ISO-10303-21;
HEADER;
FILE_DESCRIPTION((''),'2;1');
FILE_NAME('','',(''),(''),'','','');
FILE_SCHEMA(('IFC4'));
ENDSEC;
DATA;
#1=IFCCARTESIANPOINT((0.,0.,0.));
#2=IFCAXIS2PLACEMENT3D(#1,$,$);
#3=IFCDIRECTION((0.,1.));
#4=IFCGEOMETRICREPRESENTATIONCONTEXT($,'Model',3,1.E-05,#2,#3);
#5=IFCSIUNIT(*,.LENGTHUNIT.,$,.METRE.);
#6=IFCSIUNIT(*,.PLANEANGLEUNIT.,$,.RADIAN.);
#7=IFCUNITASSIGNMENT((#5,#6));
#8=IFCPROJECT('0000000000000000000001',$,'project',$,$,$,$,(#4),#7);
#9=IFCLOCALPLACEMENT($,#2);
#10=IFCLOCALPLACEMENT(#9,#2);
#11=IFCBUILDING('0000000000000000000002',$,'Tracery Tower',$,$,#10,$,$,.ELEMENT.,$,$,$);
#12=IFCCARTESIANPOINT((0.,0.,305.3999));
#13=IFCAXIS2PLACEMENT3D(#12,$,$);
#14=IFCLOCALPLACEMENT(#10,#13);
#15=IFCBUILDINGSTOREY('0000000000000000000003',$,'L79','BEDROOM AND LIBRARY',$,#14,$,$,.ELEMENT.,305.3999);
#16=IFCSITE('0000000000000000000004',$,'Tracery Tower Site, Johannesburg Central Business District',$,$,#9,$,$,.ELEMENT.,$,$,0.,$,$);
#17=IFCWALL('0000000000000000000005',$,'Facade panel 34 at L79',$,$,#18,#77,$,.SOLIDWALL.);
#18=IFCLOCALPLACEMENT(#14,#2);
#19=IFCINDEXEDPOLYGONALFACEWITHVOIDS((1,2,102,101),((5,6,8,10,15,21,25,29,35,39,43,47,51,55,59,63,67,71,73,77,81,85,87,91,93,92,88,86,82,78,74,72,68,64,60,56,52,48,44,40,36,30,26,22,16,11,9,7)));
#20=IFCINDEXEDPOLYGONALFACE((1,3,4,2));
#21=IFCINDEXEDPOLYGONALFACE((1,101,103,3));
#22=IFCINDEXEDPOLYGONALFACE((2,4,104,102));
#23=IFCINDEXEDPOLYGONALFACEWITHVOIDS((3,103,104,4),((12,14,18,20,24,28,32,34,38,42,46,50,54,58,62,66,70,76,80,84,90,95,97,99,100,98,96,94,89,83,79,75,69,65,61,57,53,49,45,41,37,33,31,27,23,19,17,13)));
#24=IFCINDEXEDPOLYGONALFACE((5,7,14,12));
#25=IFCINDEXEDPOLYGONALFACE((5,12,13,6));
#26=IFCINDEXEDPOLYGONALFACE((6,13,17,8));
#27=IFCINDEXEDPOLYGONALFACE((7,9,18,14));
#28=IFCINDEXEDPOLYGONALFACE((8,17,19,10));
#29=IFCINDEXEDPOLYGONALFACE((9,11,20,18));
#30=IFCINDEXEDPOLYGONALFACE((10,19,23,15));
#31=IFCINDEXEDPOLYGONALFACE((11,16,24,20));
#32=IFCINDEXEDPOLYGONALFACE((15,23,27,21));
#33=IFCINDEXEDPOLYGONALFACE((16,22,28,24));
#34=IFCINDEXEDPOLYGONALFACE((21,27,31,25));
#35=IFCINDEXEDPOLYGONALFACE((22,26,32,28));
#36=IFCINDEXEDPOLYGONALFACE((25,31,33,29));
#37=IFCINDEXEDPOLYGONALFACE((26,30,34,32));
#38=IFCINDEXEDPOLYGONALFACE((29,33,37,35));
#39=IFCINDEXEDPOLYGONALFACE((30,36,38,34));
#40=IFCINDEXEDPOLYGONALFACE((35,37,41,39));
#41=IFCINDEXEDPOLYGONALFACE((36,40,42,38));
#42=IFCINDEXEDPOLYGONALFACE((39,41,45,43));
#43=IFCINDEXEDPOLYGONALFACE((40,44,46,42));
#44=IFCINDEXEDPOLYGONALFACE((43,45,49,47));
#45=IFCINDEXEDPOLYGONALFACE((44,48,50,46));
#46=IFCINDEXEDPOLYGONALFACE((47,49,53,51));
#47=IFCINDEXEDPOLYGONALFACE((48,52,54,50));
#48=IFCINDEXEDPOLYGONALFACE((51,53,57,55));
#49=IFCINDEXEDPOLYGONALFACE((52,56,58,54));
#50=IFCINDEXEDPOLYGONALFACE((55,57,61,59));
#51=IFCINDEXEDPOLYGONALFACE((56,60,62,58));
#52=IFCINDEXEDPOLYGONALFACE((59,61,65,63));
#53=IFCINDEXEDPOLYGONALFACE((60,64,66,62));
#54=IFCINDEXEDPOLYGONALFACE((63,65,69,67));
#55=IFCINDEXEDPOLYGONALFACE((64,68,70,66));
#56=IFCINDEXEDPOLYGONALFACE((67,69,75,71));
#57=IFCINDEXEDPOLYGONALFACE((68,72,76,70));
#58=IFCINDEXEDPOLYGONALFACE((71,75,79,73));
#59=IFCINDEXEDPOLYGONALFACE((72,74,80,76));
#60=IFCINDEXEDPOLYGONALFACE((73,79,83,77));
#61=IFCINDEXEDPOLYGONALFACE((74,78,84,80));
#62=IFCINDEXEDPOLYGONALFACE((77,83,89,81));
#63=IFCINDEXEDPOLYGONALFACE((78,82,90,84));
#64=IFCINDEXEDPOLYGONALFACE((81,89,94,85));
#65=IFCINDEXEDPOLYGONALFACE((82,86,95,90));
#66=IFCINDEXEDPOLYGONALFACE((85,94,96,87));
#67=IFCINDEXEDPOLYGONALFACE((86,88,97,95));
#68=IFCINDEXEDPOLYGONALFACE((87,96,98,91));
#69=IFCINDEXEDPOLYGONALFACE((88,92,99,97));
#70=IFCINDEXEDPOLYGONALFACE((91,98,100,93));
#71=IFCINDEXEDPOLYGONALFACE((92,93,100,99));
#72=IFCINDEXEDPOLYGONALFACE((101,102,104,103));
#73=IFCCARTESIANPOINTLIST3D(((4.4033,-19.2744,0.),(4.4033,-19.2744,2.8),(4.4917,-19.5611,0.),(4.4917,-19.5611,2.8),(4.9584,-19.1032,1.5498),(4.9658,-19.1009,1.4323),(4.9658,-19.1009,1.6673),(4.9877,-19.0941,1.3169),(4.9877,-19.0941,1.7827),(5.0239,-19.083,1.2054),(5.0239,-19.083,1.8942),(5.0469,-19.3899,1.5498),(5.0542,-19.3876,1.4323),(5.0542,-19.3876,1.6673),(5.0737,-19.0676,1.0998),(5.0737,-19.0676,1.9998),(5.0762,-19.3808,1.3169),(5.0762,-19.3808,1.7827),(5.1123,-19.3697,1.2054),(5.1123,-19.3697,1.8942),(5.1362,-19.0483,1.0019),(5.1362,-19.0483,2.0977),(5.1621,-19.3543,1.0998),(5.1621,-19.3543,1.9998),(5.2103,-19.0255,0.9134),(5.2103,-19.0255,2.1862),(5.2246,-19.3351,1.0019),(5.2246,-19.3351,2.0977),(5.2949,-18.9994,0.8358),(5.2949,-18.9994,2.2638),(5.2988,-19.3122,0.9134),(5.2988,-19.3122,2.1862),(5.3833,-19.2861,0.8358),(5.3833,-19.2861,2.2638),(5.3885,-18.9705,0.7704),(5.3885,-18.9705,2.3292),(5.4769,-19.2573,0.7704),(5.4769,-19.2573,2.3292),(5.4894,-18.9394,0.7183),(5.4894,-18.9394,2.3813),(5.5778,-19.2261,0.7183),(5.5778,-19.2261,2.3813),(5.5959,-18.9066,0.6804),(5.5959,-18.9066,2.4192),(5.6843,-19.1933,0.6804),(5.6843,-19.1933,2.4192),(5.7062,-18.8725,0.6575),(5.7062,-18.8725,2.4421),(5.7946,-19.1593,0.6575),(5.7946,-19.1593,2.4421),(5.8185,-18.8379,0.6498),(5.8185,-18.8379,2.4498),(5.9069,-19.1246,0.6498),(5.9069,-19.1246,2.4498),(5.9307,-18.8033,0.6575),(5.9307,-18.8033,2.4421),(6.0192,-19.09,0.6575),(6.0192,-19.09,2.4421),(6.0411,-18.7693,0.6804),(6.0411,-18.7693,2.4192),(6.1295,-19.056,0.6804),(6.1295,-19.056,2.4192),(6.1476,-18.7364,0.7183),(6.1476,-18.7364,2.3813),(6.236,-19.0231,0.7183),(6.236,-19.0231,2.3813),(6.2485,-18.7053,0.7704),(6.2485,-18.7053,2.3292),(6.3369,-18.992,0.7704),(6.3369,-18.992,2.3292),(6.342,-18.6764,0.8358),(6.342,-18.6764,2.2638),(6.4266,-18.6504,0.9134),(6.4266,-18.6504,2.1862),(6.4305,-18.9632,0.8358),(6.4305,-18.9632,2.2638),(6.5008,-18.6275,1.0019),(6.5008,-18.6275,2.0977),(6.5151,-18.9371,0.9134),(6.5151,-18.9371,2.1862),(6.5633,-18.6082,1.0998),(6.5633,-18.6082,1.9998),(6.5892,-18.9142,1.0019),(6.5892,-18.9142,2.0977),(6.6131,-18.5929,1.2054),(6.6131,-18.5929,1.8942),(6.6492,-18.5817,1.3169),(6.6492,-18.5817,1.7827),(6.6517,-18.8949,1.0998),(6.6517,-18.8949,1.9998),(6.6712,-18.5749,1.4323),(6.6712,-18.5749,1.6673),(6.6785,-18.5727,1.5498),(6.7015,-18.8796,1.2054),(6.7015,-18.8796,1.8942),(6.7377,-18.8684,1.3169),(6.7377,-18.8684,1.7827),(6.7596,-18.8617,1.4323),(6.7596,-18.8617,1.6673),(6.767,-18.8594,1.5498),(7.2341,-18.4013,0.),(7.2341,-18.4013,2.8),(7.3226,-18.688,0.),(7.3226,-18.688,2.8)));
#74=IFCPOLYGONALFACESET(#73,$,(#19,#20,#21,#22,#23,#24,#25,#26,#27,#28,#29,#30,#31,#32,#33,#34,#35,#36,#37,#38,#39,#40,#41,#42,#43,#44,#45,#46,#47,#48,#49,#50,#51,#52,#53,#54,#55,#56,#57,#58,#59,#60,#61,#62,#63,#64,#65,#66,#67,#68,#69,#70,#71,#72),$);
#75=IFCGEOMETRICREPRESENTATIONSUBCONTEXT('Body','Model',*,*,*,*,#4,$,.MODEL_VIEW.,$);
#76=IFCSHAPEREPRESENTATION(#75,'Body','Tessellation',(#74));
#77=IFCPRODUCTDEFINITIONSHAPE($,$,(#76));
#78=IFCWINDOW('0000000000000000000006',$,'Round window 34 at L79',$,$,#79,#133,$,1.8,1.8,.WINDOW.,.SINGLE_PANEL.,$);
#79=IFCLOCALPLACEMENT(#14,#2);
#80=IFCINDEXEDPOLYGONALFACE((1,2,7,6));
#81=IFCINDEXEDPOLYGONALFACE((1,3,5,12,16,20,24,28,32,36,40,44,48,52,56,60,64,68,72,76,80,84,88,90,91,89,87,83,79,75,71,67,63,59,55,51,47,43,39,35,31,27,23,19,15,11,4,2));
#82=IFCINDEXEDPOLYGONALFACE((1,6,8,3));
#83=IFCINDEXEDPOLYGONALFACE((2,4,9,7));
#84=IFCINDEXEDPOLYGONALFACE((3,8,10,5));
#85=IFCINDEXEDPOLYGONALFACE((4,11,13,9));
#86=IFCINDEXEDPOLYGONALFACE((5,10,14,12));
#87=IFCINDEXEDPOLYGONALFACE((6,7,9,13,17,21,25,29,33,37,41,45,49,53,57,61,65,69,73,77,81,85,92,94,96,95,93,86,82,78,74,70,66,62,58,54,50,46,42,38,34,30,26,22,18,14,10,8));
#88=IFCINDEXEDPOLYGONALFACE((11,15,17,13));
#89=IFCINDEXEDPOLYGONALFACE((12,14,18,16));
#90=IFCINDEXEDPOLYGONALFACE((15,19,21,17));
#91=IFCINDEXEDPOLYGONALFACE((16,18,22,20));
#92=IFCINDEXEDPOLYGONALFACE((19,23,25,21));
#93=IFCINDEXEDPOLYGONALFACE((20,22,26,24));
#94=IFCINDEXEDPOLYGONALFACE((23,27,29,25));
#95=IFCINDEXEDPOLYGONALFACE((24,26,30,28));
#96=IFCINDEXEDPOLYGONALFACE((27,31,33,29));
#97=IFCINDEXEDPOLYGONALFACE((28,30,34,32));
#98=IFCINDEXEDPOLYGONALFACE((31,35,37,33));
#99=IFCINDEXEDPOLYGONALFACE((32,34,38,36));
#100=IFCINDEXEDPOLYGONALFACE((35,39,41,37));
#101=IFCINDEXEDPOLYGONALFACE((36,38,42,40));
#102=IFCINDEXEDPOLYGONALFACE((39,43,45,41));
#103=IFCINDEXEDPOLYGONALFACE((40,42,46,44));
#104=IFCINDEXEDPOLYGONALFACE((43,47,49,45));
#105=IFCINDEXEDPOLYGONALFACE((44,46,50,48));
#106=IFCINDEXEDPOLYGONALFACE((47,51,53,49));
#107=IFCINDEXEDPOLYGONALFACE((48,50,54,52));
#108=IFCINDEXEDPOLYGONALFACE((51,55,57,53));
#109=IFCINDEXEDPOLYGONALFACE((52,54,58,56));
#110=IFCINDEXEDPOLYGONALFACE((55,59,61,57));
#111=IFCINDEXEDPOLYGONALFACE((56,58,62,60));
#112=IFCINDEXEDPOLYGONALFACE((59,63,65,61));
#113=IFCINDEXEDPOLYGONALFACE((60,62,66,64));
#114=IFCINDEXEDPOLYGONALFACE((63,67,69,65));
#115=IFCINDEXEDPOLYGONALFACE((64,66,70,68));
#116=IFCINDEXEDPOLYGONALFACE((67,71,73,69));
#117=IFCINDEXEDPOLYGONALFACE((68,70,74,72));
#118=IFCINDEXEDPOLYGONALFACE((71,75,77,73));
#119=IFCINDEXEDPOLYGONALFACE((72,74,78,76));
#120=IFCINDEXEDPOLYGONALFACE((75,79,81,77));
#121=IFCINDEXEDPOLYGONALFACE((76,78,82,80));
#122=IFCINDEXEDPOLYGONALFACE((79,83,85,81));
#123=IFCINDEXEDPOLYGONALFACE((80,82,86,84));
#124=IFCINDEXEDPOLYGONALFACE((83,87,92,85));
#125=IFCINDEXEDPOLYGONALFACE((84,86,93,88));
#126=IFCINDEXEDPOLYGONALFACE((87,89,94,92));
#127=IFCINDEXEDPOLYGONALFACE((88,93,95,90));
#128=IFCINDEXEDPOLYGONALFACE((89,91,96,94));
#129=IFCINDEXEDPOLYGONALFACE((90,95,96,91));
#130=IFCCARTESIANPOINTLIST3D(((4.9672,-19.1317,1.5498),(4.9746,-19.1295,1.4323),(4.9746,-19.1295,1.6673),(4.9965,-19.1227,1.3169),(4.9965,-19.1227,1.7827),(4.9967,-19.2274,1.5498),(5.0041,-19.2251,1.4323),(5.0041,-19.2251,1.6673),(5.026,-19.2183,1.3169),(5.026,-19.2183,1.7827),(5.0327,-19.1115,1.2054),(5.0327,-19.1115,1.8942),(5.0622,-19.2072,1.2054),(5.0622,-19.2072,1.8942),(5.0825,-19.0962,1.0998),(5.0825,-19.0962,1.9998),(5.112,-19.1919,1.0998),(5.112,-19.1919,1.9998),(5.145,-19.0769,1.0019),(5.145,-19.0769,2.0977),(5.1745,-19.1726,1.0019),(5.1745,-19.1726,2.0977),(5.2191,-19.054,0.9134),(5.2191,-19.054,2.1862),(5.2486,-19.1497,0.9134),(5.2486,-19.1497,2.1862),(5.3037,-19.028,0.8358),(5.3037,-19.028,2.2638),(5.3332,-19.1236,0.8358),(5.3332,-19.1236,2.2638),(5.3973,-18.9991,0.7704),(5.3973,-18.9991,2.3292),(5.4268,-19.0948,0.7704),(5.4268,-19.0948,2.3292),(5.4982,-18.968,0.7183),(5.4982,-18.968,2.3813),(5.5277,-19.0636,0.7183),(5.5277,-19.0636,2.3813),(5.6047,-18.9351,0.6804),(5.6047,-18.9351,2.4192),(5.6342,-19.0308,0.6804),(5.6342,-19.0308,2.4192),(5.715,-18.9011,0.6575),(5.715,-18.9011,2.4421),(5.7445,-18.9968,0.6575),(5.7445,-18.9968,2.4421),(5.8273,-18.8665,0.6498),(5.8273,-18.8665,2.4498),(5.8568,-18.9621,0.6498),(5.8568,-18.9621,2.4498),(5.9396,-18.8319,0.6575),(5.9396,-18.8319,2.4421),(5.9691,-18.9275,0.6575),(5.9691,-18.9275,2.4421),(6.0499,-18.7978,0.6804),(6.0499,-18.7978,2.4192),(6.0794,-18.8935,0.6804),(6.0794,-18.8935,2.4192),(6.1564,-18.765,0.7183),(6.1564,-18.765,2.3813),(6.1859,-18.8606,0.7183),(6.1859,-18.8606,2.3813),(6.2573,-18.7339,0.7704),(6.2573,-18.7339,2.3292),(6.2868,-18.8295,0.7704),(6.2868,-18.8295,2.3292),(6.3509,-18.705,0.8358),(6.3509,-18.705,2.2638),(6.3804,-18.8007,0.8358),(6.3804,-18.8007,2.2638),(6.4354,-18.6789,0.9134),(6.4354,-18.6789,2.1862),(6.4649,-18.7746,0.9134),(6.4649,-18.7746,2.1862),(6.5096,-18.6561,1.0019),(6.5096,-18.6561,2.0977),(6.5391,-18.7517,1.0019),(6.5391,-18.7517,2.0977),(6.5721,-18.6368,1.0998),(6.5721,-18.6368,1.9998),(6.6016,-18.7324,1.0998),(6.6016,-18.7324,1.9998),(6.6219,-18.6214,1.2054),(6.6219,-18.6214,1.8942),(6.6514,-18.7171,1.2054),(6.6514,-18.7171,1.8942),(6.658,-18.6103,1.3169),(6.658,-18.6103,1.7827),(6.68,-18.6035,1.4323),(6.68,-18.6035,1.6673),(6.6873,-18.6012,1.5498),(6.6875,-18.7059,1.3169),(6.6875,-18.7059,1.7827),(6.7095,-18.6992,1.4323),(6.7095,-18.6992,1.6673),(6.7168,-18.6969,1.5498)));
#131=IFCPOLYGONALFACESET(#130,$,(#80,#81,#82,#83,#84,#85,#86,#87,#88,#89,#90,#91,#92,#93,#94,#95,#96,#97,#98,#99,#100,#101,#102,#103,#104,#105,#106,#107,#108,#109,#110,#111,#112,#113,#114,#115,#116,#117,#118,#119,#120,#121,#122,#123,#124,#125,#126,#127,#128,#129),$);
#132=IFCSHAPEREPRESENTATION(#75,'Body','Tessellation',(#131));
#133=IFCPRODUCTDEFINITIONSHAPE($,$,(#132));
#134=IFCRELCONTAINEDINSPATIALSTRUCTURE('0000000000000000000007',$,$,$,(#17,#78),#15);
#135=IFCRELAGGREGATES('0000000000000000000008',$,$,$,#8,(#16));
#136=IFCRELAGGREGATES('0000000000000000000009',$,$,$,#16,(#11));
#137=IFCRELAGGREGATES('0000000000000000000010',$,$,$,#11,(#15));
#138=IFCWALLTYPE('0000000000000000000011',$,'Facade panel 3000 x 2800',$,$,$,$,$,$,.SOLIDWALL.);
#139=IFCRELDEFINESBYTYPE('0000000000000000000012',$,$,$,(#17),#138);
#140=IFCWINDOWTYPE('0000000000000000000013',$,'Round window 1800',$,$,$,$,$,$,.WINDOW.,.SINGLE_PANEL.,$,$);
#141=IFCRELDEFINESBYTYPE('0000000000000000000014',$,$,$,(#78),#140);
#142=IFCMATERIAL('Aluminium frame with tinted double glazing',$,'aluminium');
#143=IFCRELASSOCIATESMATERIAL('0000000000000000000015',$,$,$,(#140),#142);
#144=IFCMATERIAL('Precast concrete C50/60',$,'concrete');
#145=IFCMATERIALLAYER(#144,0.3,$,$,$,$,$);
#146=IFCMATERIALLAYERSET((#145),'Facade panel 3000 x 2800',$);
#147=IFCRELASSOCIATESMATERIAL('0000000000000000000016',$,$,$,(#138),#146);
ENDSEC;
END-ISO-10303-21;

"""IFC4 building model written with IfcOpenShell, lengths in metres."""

from ifc_helpers import new_model, si_unit, direction, frame, frame_2d, origin, origin_2d, place, context, subcontext, project, spatial, rectangle, circle, extrude, material, layer, layer_set, type_object, element, fill, save


model = new_model("IFC4")

# Units and contexts
model_context = context("Model", 3, precision=1e-05, world=origin(), true_north=direction((0.0, 1.0)))
body_context = subcontext(model_context, "Body", "Model", "MODEL_VIEW")
ifc_project = project(units=[si_unit("LENGTHUNIT", "METRE"), si_unit("PLANEANGLEUNIT", "RADIAN")], contexts=[model_context])

# Site, building, storey
site_placement = place(None, origin())
site = spatial("IfcSite", under=ifc_project, at=site_placement, Name="Tracery Tower Site, Johannesburg Central Business District", CompositionType="ELEMENT", RefElevation=0.0)
building_placement = place(site_placement, origin())
building = spatial("IfcBuilding", under=site, at=building_placement, Name="Tracery Tower", CompositionType="ELEMENT")
storey_placement = place(building_placement, frame((0.0, 0.0, 305.3999)))
storey = spatial("IfcBuildingStorey", under=building, at=storey_placement, Name="L79", Description="BEDROOM AND LIBRARY", CompositionType="ELEMENT", Elevation=305.3999)

# Wall, opening, window
ifc_material_1 = material(Name="Aluminium frame with tinted double glazing", Category="aluminium")
window_type = type_object("IfcWindowType", Name="Round window 1800", PartitioningType="SINGLE_PANEL", PredefinedType="WINDOW", material=ifc_material_1)
ifc_material_2 = material(Name="Precast concrete C50/60", Category="concrete")
ifc_layer_1 = layer(ifc_material_2, 0.3)
ifc_layer_set_1 = layer_set([ifc_layer_1], Name="Facade panel 3000 x 2800")
wall_type_1 = type_object("IfcWallType", Name="Facade panel 3000 x 2800", PredefinedType="SOLIDWALL", material=ifc_layer_set_1)
wall_1_placement = place(storey_placement, frame((4.4475, -19.4177, 0.0), z_axis=(0.0, 0.0, 1.0), x_axis=(0.955586, 0.294711, 0.0)))
wall_1 = element("IfcWall", 1, at=wall_1_placement, inside=storey, type_object=wall_type_1, Name="Facade panel 34 at L79", PredefinedType="SOLIDWALL", context=body_context, shape_type="SweptSolid", body=[
    extrude(rectangle(XDim=2.9624, YDim=0.3, at=frame_2d((1.4812, 0.0))), origin(), (0.0, 0.0, 1.0), 2.8),
])
opening_1_placement = place(wall_1_placement, frame((1.481, 0.0, 1.5498)))
opening_1 = element("IfcOpeningElement", 2, at=opening_1_placement, cuts=wall_1, PredefinedType="OPENING", context=body_context, shape_type="SweptSolid", body=[
    extrude(circle(Radius=0.9, at=origin_2d()), frame((0.0, 0.1599, 0.0), z_axis=(0.0, -1.0, 0.0), x_axis=(1.0, 0.0, 0.0)), (0.0, 0.0, 1.0), 0.3201),
])
window_1_placement = place(opening_1_placement, origin())
window_1 = element("IfcWindow", 3, at=window_1_placement, inside=storey, type_object=window_type, Name="Round window 34 at L79", OverallHeight=1.8, OverallWidth=1.8, PartitioningType="SINGLE_PANEL", PredefinedType="WINDOW", context=body_context, shape_type="SweptSolid", body=[
    extrude(circle(Radius=0.9, at=origin_2d()), frame((0.0, 0.1201, 0.0), z_axis=(0.0, -1.0, 0.0), x_axis=(1.0, 0.0, 0.0)), (0.0, 0.0, 1.0), 0.1001),
])
fill(opening_1, window_1)

save(model, "model.ifc")
